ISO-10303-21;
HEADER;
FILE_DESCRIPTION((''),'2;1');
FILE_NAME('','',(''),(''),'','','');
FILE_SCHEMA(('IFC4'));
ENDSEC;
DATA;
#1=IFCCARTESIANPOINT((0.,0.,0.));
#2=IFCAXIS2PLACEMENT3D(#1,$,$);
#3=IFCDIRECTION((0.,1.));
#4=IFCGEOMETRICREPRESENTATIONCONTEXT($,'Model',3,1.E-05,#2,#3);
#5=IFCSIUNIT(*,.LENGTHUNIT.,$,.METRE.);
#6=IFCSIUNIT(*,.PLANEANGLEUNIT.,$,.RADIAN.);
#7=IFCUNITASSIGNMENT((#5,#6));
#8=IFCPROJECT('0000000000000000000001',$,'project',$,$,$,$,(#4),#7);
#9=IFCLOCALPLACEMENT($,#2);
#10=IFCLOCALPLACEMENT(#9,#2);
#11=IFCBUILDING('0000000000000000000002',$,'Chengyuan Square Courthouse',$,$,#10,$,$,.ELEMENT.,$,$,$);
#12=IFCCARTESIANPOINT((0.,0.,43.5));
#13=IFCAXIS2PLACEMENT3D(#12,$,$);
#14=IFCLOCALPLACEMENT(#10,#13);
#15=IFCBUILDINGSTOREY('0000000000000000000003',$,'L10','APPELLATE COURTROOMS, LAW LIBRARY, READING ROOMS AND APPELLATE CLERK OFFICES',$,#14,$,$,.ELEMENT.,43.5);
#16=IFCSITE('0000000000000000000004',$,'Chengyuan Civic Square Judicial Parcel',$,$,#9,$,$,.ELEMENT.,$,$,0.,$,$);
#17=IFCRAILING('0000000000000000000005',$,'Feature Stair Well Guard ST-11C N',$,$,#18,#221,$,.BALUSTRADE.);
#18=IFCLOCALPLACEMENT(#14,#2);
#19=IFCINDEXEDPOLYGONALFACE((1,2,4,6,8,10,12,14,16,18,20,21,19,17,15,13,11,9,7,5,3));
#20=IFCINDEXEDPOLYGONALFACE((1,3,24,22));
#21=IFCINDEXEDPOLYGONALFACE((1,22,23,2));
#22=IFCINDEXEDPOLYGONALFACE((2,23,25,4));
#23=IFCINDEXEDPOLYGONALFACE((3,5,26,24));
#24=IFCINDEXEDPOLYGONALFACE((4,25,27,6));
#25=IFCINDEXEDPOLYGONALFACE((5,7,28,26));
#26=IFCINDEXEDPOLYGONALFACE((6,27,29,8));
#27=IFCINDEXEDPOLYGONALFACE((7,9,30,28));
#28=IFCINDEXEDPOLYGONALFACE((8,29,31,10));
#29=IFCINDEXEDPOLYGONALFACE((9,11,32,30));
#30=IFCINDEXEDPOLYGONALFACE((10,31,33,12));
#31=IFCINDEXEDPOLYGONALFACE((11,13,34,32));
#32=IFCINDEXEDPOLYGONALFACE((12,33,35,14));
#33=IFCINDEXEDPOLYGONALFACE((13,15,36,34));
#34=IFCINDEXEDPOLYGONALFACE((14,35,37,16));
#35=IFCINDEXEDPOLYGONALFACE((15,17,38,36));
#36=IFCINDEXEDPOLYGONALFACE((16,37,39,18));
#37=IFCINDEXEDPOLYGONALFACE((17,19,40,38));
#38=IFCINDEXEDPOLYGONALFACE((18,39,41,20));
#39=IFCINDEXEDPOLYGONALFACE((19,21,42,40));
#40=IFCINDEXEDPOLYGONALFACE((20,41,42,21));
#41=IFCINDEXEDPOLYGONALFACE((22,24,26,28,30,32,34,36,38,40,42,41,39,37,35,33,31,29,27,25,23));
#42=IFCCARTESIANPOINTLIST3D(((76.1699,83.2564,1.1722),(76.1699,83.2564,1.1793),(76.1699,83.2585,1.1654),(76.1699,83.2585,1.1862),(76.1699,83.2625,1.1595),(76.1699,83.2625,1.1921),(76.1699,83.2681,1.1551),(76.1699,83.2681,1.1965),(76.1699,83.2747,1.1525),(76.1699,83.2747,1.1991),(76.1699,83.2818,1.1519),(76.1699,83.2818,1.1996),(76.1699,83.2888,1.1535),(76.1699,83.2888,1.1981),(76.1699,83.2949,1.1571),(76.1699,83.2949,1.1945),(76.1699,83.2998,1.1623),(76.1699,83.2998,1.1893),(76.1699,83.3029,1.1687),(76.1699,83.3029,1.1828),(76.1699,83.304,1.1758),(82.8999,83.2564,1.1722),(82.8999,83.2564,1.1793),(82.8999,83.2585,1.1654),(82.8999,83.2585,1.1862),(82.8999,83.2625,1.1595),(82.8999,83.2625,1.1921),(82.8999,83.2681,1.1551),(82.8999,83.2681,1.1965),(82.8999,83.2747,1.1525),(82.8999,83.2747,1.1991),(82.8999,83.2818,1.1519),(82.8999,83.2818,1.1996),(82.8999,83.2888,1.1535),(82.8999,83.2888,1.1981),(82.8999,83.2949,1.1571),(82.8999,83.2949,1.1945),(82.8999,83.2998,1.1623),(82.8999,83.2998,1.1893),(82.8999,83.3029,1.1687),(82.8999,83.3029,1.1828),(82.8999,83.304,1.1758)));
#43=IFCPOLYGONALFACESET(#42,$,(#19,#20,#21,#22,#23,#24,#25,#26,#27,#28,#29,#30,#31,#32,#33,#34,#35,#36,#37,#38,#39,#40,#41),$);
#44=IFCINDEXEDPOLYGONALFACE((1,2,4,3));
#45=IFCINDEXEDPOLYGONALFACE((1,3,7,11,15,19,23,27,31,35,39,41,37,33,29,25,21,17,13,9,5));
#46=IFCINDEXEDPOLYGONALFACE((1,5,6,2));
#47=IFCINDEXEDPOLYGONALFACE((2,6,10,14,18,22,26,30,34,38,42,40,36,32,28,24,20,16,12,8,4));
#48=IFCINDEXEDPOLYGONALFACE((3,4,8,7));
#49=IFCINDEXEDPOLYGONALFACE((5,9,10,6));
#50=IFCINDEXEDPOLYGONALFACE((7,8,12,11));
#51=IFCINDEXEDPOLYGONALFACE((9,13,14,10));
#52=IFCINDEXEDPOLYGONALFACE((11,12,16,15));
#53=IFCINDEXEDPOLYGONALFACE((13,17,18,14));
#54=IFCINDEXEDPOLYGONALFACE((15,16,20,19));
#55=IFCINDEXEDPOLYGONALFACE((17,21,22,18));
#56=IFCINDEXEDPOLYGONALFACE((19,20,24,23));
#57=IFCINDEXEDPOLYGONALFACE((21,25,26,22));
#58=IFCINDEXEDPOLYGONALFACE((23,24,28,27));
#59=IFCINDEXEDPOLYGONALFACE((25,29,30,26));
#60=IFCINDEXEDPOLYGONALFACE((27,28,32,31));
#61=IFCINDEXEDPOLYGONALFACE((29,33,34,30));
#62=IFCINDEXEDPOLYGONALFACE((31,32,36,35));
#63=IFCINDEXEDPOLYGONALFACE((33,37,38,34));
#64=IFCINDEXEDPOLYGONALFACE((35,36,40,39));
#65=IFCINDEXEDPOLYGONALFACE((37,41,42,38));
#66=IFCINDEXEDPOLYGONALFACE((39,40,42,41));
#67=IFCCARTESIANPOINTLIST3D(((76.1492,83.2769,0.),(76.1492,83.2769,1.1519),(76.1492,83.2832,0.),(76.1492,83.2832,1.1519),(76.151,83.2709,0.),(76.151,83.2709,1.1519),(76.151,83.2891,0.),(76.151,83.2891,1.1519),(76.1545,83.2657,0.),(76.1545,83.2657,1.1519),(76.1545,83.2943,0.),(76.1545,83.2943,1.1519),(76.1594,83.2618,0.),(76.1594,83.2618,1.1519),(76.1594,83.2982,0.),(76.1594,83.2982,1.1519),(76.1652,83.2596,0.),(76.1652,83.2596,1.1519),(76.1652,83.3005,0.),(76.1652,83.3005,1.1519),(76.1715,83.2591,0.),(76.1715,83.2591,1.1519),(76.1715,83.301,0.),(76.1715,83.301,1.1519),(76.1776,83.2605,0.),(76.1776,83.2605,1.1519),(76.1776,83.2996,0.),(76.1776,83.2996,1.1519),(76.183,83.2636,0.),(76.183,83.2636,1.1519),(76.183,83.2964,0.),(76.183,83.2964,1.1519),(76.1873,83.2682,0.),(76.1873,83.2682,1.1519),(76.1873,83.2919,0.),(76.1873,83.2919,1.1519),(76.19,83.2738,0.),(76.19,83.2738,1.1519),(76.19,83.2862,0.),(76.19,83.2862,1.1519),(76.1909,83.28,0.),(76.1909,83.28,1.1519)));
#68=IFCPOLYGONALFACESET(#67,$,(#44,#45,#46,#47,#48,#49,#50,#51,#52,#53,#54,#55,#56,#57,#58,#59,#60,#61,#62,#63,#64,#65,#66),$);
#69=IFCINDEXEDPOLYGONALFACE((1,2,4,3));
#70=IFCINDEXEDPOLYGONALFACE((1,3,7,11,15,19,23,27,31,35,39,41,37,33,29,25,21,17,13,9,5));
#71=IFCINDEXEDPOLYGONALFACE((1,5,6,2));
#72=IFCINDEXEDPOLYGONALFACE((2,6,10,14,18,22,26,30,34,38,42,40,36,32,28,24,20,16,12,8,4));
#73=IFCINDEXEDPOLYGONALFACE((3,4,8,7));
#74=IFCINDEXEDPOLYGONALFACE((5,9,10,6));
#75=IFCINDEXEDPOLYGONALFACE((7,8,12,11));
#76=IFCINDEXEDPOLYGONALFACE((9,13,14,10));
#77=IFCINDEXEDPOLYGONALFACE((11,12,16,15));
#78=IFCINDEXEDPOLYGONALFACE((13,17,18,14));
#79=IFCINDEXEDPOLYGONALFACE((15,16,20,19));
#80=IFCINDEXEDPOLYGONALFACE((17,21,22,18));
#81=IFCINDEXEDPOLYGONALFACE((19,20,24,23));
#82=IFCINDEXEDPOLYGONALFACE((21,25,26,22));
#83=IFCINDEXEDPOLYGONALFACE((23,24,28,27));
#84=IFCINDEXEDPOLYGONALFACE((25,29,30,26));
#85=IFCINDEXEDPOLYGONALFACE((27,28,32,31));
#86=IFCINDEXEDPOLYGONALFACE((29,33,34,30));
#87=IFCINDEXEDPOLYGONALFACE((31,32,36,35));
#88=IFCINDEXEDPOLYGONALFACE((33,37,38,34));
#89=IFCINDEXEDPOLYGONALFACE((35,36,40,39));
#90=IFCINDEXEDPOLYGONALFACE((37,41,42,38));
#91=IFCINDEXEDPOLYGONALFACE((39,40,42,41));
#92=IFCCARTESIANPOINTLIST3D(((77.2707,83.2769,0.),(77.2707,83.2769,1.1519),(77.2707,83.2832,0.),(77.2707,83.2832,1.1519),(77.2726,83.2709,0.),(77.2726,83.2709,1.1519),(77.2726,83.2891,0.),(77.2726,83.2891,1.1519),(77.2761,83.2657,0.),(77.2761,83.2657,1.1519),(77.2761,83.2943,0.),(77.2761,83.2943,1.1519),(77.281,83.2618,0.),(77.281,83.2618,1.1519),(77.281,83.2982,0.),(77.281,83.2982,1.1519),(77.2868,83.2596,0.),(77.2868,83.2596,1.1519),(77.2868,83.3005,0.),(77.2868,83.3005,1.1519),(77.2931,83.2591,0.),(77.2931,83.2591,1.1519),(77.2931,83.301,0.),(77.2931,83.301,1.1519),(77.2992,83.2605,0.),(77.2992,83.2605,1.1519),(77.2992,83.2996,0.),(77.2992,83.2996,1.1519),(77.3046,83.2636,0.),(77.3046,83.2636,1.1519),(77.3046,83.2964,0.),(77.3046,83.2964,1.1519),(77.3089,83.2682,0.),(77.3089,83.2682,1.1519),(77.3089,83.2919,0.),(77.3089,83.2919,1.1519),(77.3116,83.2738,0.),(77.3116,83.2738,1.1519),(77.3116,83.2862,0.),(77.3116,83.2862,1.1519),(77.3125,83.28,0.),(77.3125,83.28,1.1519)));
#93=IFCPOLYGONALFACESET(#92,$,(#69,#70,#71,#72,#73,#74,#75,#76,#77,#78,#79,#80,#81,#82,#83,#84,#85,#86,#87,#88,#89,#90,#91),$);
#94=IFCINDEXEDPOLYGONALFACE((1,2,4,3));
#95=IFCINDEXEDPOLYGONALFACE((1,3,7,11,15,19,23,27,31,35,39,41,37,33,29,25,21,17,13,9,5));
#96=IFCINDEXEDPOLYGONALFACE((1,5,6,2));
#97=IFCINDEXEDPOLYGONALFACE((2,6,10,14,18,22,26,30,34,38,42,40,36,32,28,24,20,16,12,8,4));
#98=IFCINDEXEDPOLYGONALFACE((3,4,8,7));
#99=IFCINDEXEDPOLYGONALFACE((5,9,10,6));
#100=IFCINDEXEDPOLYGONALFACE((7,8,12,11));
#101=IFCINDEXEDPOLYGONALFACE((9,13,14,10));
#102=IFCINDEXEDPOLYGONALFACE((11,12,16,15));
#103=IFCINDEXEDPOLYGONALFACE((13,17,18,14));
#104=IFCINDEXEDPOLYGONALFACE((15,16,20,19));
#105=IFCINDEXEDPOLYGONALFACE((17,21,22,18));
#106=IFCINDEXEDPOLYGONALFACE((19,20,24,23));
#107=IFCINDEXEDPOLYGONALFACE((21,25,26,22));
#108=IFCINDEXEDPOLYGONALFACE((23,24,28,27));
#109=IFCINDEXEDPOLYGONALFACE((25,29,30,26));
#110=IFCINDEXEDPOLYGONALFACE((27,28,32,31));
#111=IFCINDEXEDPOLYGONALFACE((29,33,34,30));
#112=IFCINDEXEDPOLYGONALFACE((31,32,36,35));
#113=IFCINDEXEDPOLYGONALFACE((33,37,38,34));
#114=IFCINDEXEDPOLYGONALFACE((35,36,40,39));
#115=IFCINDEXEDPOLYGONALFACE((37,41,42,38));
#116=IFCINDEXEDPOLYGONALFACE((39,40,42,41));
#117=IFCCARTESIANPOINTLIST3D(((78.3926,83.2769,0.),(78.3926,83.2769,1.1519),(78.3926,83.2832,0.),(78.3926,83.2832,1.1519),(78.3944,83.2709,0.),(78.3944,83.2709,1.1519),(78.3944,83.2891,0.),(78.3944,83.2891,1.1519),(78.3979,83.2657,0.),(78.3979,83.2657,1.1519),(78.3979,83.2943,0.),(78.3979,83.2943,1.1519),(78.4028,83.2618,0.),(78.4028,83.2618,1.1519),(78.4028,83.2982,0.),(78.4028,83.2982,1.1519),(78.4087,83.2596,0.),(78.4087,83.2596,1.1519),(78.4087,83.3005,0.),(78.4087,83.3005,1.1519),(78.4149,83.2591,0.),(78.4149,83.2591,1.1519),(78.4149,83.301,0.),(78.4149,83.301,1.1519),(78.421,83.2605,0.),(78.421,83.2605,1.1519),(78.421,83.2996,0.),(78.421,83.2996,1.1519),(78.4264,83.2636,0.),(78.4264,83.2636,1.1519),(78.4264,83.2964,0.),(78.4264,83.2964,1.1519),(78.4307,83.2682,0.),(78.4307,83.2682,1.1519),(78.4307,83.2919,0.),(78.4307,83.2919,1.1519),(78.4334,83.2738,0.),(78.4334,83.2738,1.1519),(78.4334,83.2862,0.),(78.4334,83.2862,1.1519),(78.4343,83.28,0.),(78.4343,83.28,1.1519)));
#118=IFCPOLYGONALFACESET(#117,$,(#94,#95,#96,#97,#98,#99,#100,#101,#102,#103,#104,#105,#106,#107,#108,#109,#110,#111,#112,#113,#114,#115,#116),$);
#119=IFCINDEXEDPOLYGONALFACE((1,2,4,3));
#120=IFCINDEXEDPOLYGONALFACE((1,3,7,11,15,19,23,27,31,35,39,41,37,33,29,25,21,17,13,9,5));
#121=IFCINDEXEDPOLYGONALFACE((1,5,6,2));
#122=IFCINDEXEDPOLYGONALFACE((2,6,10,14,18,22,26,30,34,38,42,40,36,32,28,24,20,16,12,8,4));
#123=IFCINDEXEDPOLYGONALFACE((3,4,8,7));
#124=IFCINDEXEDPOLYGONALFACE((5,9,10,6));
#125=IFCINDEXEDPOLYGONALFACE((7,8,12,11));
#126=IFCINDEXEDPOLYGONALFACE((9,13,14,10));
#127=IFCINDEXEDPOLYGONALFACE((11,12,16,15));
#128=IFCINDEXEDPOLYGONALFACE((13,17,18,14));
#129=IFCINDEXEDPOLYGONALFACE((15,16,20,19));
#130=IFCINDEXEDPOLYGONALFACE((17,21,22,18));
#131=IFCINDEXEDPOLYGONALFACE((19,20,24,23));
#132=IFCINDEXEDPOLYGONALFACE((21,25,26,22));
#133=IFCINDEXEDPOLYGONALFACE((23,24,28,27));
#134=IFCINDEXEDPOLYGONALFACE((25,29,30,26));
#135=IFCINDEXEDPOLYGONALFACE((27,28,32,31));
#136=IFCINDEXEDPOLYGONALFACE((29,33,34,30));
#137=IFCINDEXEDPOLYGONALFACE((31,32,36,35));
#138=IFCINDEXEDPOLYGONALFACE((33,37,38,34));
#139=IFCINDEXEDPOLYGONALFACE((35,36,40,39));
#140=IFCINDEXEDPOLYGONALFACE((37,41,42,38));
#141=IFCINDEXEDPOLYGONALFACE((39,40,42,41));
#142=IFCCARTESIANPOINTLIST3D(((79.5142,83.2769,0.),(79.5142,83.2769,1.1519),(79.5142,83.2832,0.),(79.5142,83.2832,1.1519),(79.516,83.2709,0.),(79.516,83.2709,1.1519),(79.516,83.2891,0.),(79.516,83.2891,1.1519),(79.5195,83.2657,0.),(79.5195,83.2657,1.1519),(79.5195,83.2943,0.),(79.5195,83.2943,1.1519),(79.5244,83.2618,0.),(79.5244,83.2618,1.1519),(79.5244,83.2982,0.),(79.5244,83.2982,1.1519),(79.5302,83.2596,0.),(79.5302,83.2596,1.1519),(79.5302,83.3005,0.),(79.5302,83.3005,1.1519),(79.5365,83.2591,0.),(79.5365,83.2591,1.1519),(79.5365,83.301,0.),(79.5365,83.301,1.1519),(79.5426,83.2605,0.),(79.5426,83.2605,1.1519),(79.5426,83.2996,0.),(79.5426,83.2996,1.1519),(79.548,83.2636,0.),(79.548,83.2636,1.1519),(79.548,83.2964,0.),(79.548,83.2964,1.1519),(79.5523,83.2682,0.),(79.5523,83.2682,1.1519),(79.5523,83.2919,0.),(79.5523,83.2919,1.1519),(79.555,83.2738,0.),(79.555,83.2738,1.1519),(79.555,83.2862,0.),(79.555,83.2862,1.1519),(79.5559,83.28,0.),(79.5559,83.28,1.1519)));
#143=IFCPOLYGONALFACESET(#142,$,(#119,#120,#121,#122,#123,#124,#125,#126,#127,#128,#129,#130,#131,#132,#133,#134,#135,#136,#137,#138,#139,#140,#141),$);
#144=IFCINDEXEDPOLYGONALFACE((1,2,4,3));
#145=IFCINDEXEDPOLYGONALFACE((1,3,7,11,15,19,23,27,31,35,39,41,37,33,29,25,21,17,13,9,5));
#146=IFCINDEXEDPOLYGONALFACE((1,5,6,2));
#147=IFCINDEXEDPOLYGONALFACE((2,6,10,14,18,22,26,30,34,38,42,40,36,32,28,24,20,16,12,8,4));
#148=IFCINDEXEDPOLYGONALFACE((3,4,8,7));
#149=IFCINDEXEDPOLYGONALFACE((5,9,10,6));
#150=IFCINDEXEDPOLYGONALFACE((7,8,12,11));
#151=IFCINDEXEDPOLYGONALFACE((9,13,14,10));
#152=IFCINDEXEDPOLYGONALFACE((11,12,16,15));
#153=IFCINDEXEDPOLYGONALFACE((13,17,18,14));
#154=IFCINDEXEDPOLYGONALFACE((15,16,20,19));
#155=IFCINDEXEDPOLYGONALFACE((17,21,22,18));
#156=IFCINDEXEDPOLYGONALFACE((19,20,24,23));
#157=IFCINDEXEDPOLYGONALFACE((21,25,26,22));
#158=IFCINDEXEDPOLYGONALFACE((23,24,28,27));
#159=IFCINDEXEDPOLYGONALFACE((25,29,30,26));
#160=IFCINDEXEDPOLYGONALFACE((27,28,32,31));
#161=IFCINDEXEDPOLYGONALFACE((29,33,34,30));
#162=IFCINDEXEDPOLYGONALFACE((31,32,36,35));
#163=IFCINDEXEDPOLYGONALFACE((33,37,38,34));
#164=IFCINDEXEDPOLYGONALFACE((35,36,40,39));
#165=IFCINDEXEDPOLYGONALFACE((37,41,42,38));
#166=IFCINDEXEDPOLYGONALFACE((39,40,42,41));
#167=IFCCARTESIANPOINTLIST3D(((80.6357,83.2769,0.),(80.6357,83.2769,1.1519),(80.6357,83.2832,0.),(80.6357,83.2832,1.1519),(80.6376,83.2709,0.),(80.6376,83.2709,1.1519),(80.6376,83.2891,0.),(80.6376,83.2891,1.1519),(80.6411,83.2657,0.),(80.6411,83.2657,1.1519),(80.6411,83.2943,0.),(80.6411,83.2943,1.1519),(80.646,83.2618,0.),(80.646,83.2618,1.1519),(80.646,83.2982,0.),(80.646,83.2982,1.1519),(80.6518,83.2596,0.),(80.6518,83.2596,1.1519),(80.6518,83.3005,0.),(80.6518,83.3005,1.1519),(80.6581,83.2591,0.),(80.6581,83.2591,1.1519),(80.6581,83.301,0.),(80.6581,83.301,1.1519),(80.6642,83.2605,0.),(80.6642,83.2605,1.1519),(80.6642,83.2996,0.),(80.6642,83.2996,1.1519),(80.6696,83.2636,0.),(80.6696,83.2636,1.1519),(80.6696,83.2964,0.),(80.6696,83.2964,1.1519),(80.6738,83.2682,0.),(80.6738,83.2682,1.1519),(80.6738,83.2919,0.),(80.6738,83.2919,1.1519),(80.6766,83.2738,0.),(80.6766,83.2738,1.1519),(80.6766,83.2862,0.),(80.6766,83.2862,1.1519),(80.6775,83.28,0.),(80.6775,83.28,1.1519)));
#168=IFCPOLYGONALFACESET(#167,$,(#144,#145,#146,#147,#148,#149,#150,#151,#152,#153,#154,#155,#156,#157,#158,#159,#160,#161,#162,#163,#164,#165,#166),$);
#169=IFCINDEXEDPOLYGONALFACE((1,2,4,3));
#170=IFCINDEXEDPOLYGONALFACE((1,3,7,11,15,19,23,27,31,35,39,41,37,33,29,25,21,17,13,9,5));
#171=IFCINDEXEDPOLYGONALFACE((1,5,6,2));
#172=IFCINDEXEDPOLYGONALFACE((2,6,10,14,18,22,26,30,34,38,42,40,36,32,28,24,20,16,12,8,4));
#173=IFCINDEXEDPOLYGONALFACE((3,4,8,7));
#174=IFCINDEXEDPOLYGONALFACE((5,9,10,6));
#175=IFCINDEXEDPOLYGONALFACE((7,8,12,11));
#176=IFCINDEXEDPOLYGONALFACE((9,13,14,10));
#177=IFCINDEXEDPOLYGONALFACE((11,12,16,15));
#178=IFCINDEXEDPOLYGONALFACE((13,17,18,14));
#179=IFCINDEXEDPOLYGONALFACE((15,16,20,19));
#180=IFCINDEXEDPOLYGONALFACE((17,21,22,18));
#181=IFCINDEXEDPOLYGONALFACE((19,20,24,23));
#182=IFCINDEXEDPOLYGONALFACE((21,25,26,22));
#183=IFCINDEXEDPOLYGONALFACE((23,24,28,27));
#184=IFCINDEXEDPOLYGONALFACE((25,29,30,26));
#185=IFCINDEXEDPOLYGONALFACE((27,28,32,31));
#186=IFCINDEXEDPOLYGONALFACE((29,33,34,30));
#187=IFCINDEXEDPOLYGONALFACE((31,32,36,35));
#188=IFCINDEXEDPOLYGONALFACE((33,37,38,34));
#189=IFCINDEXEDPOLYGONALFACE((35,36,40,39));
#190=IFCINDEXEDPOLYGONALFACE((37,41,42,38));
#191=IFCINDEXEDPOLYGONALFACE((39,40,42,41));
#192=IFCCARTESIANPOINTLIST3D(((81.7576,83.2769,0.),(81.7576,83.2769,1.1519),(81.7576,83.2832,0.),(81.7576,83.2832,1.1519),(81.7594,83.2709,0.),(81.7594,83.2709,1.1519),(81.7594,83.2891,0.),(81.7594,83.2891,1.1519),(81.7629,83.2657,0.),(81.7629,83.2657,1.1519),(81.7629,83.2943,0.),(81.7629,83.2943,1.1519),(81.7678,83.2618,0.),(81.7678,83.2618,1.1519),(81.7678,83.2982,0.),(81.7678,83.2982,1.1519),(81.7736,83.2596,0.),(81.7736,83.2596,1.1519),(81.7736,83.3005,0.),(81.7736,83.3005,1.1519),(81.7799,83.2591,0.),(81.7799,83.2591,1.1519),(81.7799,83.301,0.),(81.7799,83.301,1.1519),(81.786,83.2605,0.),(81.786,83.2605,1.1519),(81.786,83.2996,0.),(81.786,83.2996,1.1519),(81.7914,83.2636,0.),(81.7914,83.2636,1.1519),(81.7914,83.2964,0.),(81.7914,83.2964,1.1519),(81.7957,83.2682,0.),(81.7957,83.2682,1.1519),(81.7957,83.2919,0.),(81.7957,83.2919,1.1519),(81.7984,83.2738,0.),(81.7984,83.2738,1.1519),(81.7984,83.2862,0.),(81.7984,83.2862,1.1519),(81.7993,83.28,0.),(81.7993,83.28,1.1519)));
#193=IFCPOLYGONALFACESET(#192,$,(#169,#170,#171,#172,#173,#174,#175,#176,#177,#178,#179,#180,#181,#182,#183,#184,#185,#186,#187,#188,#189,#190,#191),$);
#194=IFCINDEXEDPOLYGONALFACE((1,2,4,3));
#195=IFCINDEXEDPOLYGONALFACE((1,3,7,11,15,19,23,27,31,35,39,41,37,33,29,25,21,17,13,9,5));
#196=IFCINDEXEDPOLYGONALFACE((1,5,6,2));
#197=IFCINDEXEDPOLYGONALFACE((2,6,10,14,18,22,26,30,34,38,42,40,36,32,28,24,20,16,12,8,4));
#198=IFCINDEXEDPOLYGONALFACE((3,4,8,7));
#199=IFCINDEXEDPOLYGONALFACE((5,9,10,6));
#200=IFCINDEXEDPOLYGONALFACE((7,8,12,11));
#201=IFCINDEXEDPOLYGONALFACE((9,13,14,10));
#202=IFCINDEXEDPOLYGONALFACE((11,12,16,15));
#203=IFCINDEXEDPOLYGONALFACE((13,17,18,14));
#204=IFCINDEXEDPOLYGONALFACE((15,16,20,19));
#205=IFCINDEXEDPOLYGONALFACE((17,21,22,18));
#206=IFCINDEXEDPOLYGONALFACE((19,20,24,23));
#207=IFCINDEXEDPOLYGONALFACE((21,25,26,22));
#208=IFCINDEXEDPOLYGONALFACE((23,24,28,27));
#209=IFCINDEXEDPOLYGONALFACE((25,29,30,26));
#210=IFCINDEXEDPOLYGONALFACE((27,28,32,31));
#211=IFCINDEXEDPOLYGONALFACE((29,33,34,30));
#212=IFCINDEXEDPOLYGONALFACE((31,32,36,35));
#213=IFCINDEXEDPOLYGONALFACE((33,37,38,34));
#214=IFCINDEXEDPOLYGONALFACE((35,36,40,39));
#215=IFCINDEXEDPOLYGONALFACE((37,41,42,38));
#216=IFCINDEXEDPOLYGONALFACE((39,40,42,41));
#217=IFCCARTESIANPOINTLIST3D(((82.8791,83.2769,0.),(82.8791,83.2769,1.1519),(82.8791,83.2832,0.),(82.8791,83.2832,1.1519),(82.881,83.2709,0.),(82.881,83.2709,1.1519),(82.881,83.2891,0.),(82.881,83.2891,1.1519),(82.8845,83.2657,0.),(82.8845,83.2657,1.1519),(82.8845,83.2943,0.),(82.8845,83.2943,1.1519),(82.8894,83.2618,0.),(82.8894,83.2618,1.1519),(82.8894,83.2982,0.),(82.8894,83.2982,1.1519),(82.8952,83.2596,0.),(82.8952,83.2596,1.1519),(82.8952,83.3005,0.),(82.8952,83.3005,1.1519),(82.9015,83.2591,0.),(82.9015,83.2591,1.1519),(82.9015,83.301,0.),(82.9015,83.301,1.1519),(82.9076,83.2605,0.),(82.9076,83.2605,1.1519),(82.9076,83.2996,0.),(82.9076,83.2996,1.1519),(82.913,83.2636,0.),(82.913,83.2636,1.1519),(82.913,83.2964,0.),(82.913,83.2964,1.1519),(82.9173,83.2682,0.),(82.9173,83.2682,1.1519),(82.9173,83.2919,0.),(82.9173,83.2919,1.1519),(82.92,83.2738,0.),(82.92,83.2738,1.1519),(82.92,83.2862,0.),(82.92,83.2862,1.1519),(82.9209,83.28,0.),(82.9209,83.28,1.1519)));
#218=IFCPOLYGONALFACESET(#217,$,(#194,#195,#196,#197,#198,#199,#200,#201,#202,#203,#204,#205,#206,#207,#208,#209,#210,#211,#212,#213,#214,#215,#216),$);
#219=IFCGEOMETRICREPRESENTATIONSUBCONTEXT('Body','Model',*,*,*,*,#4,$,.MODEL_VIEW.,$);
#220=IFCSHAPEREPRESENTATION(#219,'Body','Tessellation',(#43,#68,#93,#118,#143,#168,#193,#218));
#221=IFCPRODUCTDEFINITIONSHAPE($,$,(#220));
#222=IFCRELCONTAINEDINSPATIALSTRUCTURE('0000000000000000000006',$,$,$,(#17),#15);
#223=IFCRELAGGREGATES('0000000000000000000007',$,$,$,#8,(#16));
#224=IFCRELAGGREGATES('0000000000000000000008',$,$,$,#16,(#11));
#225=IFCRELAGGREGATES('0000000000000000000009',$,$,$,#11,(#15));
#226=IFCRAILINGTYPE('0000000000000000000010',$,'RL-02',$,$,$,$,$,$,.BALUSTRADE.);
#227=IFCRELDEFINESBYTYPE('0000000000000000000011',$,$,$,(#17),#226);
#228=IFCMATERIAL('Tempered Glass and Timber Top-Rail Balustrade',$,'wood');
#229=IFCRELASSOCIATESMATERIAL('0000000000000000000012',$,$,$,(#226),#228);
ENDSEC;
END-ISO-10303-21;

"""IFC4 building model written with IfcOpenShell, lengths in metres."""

from ifc_helpers import new_model, si_unit, direction, frame, origin, origin_2d, place, context, subcontext, project, spatial, circle, extrude, material, type_object, element, save


model = new_model("IFC4")

# Units and contexts
model_context = context("Model", 3, precision=1e-05, world=origin(), true_north=direction((0.0, 1.0)))
body_context = subcontext(model_context, "Body", "Model", "MODEL_VIEW")
ifc_project = project(units=[si_unit("LENGTHUNIT", "METRE"), si_unit("PLANEANGLEUNIT", "RADIAN")], contexts=[model_context])

# Site, building, storey
site_placement = place(None, origin())
site = spatial("IfcSite", under=ifc_project, at=site_placement, Name="Chengyuan Civic Square Judicial Parcel", CompositionType="ELEMENT", RefElevation=0.0)
building_placement = place(site_placement, origin())
building = spatial("IfcBuilding", under=site, at=building_placement, Name="Chengyuan Square Courthouse", CompositionType="ELEMENT")
storey_placement = place(building_placement, frame((0.0, 0.0, 43.5)))
storey = spatial("IfcBuildingStorey", under=building, at=storey_placement, Name="L10", Description="APPELLATE COURTROOMS, LAW LIBRARY, READING ROOMS AND APPELLATE CLERK OFFICES", CompositionType="ELEMENT", Elevation=43.5)

# Railing
ifc_material_1 = material(Name="Tempered Glass and Timber Top-Rail Balustrade", Category="wood")
railing_type = type_object("IfcRailingType", Name="RL-02", PredefinedType="BALUSTRADE", material=ifc_material_1)
railing_1_placement = place(storey_placement, frame((76.1699, 83.28, 0.0)))
element("IfcRailing", 1, at=railing_1_placement, inside=storey, type_object=railing_type, Name="Feature Stair Well Guard ST-11C N", PredefinedType="BALUSTRADE", context=body_context, shape_type="SweptSolid", body=[
    extrude(circle(Radius=0.0239, at=origin_2d()), frame((0.0, 0.0, 1.1758), z_axis=(1.0, 0.0, 0.0), x_axis=(0.0, 1.0, 0.0)), (0.0, 0.0, 1.0), 6.73),
    extrude(circle(Radius=0.021, at=origin_2d()), origin(), (0.0, 0.0, 1.0), 1.1519),
    extrude(circle(Radius=0.021, at=origin_2d()), frame((1.1216, 0.0, 0.0)), (0.0, 0.0, 1.0), 1.1519),
    extrude(circle(Radius=0.021, at=origin_2d()), frame((2.2434, 0.0, 0.0)), (0.0, 0.0, 1.0), 1.1519),
    extrude(circle(Radius=0.021, at=origin_2d()), frame((3.365, 0.0, 0.0)), (0.0, 0.0, 1.0), 1.1519),
    extrude(circle(Radius=0.021, at=origin_2d()), frame((4.4866, 0.0, 0.0)), (0.0, 0.0, 1.0), 1.1519),
    extrude(circle(Radius=0.021, at=origin_2d()), frame((5.6084, 0.0, 0.0)), (0.0, 0.0, 1.0), 1.1519),
    extrude(circle(Radius=0.021, at=origin_2d()), frame((6.73, 0.0, 0.0)), (0.0, 0.0, 1.0), 1.1519),
])

save(model, "model.ifc")
